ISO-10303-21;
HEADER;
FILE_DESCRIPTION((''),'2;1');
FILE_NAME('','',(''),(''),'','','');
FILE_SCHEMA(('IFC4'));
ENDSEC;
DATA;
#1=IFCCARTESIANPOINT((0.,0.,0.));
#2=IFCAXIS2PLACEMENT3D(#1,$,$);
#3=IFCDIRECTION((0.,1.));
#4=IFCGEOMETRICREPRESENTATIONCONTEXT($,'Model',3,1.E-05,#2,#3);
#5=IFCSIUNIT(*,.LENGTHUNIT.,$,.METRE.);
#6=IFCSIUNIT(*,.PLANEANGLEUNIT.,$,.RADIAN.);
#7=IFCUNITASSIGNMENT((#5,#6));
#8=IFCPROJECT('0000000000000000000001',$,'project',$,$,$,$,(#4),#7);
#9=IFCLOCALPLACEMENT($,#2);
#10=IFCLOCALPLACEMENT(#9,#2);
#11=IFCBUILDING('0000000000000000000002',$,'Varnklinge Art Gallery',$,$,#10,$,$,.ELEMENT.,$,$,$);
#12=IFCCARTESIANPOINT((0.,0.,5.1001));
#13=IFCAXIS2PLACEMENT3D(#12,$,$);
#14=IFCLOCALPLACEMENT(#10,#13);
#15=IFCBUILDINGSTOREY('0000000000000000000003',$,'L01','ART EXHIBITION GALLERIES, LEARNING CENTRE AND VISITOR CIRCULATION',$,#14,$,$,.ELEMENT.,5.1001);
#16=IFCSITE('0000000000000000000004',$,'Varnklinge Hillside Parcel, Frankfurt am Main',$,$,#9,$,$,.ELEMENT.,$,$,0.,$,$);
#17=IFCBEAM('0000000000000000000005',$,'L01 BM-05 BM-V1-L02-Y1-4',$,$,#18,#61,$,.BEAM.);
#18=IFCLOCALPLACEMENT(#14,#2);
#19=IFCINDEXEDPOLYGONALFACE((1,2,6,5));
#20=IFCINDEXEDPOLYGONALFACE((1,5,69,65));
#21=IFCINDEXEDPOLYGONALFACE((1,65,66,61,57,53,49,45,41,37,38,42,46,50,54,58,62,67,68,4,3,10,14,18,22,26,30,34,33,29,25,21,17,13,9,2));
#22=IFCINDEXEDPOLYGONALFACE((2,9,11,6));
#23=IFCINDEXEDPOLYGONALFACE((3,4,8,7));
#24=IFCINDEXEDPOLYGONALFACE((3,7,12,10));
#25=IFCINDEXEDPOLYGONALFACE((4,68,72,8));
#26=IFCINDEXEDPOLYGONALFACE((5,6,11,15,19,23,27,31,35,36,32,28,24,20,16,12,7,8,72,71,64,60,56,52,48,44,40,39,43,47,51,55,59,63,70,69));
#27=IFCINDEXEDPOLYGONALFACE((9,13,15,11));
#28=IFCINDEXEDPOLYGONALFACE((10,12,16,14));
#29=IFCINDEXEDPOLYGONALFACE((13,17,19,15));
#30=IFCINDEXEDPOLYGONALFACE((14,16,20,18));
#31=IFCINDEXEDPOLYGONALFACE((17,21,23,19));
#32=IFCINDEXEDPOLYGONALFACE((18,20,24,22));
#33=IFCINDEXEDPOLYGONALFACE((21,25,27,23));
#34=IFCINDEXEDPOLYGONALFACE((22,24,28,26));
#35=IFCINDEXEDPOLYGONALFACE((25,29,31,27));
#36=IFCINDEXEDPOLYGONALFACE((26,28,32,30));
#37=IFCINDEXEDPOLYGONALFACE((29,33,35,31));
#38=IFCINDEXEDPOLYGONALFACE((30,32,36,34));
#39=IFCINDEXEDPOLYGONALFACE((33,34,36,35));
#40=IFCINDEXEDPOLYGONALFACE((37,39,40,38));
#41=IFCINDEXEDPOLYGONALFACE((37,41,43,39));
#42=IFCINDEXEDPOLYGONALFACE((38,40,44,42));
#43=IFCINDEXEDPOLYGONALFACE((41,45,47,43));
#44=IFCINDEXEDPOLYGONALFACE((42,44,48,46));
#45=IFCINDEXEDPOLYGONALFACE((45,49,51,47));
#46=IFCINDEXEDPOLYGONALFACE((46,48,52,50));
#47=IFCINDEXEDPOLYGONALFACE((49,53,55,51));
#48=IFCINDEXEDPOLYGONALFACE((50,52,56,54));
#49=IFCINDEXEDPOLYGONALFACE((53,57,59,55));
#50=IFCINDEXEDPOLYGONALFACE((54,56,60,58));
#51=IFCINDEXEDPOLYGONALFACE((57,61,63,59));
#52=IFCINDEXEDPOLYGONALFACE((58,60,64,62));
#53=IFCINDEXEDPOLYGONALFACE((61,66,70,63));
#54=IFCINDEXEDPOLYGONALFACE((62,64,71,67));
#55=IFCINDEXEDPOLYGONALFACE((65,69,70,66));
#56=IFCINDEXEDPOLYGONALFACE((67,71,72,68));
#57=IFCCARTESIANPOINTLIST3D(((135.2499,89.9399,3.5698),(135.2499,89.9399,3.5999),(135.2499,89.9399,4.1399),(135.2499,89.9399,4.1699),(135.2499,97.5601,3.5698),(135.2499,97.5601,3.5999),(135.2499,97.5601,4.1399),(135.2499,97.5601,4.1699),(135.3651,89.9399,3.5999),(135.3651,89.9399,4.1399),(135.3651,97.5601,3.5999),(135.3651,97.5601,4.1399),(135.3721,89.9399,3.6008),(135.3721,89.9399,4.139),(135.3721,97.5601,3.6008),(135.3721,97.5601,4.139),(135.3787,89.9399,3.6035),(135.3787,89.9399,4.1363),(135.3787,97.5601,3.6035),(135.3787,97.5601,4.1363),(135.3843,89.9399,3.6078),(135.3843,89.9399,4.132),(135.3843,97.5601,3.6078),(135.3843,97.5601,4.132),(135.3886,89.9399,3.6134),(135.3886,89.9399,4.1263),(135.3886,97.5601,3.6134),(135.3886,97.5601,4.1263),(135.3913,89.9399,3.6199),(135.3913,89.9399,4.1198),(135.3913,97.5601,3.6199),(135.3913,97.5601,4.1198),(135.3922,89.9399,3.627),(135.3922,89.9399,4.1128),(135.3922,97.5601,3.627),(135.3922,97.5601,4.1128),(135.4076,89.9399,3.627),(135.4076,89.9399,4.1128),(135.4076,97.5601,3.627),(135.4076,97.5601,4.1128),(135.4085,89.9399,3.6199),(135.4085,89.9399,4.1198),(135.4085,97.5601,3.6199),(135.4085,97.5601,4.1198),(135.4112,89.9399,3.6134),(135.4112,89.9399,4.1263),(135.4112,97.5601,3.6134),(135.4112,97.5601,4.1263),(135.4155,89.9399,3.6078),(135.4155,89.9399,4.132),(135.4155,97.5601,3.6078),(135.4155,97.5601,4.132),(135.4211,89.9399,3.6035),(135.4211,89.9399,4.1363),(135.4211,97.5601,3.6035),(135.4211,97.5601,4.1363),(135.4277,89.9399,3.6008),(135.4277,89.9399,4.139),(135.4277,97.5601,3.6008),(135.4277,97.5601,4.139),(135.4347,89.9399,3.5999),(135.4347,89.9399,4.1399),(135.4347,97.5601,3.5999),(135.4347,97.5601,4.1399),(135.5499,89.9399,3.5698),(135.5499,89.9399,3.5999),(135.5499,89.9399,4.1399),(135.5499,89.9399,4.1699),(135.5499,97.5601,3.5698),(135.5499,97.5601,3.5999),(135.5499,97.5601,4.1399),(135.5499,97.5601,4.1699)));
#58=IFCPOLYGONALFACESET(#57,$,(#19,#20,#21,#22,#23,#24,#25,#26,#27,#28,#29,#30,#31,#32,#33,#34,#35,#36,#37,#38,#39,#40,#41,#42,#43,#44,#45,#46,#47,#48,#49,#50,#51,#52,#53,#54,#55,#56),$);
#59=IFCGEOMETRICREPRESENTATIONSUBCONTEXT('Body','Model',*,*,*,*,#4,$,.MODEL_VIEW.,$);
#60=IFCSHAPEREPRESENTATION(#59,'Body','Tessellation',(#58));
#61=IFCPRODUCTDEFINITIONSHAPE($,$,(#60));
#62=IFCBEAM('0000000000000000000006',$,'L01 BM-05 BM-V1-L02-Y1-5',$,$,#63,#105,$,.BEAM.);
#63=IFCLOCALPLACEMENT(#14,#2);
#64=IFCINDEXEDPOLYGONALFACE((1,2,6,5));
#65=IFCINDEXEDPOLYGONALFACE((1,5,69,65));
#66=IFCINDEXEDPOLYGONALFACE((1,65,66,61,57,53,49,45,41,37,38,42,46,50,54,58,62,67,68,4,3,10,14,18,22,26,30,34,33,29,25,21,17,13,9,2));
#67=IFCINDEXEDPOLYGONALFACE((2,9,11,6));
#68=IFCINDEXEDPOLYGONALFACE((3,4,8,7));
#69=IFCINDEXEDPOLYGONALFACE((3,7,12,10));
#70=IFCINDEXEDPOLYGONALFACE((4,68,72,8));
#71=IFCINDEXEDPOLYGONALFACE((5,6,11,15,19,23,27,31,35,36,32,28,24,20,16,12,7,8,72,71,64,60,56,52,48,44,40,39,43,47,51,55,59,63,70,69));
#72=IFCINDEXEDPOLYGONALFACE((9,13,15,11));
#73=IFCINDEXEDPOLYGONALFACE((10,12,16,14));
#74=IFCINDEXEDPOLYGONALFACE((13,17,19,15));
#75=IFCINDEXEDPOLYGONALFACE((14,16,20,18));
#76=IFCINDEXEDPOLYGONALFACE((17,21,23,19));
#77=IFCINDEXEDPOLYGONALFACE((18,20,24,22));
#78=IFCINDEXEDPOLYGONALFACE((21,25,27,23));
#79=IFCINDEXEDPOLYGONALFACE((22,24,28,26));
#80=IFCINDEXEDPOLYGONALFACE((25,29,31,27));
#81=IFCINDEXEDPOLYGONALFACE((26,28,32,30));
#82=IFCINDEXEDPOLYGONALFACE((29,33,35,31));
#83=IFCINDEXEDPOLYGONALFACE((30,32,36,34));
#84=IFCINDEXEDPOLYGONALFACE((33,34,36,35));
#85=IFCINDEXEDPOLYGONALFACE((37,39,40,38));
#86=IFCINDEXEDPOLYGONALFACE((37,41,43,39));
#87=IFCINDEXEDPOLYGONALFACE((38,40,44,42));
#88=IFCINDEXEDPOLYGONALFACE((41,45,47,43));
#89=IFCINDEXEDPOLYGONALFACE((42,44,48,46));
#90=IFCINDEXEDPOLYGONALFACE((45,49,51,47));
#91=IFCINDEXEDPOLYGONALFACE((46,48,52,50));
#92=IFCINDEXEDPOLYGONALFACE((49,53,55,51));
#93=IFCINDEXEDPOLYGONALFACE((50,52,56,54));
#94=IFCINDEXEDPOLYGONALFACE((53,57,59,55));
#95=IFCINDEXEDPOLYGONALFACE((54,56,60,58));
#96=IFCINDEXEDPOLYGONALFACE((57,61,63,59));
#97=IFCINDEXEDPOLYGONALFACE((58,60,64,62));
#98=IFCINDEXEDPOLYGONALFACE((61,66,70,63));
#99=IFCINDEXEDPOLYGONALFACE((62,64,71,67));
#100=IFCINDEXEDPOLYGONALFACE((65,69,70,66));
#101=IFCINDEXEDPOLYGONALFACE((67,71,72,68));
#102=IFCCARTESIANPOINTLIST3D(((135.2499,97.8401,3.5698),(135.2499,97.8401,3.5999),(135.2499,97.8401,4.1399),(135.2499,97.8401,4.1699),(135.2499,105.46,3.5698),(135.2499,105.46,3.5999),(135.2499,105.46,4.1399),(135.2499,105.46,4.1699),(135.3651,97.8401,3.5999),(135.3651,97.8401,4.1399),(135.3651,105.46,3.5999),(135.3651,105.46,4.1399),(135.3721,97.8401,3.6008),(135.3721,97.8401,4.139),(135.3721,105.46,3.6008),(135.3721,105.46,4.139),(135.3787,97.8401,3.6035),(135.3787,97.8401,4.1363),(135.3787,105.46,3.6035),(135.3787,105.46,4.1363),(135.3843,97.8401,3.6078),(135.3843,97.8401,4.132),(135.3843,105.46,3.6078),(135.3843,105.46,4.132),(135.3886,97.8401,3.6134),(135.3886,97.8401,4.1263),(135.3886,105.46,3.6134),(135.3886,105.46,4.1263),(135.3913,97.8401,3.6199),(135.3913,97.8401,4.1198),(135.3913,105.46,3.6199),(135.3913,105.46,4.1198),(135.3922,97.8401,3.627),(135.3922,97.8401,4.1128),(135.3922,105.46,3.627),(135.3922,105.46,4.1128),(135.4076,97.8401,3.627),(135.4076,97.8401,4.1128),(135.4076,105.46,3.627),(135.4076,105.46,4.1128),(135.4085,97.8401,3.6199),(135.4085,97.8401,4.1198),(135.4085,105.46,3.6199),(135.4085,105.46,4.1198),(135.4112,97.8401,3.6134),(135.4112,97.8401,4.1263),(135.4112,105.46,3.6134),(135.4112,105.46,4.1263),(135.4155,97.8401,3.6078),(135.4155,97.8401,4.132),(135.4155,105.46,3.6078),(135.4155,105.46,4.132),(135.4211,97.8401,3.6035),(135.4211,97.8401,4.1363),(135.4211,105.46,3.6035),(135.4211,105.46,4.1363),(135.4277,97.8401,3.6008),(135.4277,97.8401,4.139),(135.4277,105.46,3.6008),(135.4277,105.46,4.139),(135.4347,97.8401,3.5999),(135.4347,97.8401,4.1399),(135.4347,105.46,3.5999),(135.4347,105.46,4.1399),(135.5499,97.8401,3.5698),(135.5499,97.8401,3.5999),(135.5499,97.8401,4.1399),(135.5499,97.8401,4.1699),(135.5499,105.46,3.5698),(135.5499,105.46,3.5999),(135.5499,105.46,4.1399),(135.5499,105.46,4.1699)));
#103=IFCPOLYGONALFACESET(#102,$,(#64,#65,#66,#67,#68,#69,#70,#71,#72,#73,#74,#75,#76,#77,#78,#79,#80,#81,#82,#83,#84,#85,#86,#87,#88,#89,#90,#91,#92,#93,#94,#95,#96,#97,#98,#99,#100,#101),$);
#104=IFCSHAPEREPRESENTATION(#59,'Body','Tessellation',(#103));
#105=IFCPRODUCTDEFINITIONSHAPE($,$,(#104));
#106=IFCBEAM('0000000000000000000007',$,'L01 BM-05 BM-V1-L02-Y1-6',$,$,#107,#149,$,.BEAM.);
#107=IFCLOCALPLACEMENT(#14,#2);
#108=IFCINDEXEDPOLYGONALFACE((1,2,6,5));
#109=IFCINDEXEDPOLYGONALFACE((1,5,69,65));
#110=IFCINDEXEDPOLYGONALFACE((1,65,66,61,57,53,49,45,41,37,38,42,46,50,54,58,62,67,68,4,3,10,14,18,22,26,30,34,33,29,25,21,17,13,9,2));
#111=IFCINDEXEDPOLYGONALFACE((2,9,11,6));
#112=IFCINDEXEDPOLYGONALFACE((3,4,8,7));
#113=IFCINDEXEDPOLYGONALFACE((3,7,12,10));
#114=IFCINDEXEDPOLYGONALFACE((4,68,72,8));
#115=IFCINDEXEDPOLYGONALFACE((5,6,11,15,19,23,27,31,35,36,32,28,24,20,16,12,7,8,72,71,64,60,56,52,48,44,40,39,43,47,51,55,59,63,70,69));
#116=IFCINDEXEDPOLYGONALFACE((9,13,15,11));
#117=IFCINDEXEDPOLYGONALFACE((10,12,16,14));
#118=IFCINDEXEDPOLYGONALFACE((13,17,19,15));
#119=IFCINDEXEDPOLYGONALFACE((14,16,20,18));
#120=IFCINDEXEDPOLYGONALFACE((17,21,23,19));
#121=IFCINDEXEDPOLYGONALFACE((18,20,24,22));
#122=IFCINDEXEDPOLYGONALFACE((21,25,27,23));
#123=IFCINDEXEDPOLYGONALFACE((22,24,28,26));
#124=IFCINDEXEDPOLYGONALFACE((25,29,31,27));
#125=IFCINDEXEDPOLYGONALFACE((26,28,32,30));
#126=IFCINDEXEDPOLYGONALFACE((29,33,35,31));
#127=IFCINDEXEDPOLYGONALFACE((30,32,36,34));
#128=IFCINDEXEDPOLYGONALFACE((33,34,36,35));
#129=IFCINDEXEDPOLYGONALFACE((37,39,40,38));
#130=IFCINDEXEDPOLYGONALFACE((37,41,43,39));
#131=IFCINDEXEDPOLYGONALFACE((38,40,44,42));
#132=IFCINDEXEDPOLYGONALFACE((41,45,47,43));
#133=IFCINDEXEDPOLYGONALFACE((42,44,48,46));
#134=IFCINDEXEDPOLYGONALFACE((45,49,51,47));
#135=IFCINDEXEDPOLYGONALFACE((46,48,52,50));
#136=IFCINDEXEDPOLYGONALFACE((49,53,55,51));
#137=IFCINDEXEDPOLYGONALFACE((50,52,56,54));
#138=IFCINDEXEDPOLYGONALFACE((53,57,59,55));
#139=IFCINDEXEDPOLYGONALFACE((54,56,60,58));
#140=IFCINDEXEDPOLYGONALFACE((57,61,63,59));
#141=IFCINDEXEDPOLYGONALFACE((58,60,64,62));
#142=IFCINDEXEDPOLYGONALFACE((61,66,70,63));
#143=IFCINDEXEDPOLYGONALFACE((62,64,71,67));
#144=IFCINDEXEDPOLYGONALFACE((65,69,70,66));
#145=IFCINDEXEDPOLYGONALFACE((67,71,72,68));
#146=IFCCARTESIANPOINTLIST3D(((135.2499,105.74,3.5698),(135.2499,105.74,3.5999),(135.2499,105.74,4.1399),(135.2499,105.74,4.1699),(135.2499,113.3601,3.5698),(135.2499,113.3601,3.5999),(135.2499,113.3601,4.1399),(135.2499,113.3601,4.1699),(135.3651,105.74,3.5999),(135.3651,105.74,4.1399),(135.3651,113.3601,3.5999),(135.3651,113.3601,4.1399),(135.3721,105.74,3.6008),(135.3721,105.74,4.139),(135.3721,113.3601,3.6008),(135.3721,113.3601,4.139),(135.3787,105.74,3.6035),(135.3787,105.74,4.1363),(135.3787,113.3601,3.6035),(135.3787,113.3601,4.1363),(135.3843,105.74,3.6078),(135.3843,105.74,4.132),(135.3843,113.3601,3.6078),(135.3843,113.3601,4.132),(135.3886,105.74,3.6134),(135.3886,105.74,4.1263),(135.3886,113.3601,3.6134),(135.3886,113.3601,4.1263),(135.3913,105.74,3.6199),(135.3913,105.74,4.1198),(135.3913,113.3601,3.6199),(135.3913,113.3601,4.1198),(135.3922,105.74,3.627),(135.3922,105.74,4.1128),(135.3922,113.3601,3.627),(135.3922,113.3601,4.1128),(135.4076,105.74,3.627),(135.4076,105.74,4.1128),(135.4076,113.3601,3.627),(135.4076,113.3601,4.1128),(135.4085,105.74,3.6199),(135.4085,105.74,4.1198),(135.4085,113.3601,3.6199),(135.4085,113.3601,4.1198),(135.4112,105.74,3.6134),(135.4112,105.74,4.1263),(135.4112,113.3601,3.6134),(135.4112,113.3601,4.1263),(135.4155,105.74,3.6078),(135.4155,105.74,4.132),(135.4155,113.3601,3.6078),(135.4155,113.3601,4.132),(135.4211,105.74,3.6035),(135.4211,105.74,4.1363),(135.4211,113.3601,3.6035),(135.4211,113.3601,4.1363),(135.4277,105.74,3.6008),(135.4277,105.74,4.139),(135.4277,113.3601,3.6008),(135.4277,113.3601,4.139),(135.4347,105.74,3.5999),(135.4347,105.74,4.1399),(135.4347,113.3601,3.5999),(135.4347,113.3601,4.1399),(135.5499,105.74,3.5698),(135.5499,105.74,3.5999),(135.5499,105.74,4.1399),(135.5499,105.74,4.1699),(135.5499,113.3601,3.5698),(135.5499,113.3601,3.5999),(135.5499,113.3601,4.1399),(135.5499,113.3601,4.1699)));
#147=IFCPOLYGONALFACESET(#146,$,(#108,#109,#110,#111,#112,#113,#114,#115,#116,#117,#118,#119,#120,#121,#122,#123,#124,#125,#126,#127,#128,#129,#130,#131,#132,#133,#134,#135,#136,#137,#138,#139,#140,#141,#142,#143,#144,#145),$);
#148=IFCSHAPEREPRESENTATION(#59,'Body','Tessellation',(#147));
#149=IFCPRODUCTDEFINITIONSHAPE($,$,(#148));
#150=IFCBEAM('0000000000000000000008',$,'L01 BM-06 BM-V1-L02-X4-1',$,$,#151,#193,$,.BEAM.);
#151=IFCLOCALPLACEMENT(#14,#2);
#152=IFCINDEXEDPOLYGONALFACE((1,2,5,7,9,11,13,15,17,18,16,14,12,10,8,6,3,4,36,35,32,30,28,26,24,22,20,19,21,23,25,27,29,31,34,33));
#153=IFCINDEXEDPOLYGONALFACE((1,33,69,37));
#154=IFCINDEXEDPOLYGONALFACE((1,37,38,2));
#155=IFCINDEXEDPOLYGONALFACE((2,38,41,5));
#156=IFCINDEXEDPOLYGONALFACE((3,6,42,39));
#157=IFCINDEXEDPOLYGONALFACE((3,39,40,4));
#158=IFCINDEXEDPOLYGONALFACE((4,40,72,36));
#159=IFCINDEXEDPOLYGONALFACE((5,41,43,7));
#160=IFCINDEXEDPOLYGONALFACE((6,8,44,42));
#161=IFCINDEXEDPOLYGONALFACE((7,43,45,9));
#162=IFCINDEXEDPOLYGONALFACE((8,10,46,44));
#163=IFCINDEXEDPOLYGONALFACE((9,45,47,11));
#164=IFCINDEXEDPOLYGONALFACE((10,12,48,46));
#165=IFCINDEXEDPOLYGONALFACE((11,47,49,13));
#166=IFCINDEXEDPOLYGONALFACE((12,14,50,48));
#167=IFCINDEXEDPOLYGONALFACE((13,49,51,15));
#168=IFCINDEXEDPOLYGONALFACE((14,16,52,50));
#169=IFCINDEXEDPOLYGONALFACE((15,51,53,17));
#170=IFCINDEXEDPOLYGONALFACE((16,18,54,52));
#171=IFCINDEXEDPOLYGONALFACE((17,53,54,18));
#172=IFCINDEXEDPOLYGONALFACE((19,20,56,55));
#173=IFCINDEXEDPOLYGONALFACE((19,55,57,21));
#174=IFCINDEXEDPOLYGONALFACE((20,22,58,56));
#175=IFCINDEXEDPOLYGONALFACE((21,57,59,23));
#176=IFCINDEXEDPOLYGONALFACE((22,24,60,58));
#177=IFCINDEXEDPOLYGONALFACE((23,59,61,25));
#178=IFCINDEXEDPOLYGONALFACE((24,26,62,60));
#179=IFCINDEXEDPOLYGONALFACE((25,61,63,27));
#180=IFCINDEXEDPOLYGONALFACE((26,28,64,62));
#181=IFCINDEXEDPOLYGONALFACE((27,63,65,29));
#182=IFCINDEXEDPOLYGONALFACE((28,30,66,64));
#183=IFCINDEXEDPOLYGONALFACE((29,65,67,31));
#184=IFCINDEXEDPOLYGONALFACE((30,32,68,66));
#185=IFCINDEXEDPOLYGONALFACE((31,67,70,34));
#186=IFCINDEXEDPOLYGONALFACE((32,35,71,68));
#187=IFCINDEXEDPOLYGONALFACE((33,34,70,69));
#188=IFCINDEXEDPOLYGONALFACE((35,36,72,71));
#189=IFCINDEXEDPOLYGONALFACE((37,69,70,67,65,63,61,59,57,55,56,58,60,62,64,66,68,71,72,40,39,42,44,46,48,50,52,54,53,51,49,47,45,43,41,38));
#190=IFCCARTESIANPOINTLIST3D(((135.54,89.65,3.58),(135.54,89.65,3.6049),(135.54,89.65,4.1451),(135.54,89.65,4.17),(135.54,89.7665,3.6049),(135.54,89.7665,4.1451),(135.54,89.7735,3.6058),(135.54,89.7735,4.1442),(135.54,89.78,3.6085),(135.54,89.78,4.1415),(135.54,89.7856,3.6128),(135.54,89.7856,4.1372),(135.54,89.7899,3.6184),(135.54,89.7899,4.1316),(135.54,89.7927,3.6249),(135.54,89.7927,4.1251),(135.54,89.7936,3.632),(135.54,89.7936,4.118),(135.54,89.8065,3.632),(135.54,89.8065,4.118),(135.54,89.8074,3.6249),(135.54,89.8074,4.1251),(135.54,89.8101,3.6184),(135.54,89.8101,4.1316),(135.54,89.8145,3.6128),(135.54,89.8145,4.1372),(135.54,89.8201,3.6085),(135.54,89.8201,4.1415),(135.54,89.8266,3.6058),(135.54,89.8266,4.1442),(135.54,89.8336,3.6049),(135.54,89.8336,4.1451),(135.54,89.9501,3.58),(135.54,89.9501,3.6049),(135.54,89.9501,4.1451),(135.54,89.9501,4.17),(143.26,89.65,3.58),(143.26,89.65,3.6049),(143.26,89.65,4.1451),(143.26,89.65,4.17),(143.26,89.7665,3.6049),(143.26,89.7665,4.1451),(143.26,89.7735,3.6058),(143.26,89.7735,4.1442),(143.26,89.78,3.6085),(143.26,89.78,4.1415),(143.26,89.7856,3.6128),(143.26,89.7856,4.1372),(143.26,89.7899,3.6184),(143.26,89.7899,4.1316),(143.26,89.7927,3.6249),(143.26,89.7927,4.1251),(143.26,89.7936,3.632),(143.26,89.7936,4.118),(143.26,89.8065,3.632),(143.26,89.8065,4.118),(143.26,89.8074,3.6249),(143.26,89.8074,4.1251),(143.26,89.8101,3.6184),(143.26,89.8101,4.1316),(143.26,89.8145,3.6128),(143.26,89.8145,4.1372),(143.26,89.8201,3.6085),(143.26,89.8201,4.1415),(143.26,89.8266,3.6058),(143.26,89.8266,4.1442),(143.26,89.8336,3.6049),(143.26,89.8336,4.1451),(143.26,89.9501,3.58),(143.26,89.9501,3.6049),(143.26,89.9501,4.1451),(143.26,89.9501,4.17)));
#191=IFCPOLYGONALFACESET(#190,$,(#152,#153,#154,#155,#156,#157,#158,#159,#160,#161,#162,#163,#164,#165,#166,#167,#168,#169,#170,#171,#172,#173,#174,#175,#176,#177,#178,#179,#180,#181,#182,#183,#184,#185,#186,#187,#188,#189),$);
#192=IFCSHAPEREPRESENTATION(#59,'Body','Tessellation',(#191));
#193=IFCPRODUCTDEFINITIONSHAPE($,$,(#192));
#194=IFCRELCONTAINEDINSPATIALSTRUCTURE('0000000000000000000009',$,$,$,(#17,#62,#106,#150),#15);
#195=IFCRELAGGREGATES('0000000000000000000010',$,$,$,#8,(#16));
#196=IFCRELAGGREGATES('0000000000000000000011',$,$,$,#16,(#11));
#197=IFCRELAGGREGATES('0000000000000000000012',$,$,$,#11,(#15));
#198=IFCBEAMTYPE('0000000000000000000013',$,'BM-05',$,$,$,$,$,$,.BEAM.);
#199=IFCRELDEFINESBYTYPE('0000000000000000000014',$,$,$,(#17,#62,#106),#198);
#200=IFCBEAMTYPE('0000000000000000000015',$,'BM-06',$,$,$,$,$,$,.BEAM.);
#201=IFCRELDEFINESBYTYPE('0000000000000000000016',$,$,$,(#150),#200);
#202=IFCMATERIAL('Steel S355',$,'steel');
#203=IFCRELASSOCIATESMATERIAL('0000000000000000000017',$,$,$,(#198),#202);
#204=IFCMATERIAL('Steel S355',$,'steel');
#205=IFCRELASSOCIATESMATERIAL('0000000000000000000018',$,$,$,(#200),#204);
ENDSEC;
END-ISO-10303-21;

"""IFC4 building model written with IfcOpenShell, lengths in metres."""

from ifc_helpers import new_model, si_unit, direction, frame, origin, origin_2d, place, context, subcontext, project, spatial, i_section, extrude, material, material_profile, profile_set, type_object, element, save


model = new_model("IFC4")

# Units and contexts
model_context = context("Model", 3, precision=1e-05, world=origin(), true_north=direction((0.0, 1.0)))
body_context = subcontext(model_context, "Body", "Model", "MODEL_VIEW")
ifc_project = project(units=[si_unit("LENGTHUNIT", "METRE"), si_unit("PLANEANGLEUNIT", "RADIAN")], contexts=[model_context])

# Site, building, storey
site_placement = place(None, origin())
site = spatial("IfcSite", under=ifc_project, at=site_placement, Name="Varnklinge Hillside Parcel, Frankfurt am Main", CompositionType="ELEMENT", RefElevation=0.0)
building_placement = place(site_placement, origin())
building = spatial("IfcBuilding", under=site, at=building_placement, Name="Varnklinge Art Gallery", CompositionType="ELEMENT")
storey_placement = place(building_placement, frame((0.0, 0.0, 5.1001)))
storey = spatial("IfcBuildingStorey", under=building, at=storey_placement, Name="L01", Description="ART EXHIBITION GALLERIES, LEARNING CENTRE AND VISITOR CIRCULATION", CompositionType="ELEMENT", Elevation=5.1001)

# Beams
ifc_material_1 = material(Name="Steel S355", Category="steel")
ifc_material_profile_1 = material_profile(ifc_material_1, i_section(OverallWidth=0.3, OverallDepth=0.6001, WebThickness=0.0154, FlangeThickness=0.03, FilletRadius=0.0271, at=origin_2d()), Name="HEB 600")
ifc_profile_set_1 = profile_set([ifc_material_profile_1], Name="Steel S355")
beam_type_1 = type_object("IfcBeamType", Name="BM-05", PredefinedType="BEAM", material=ifc_profile_set_1)
beam_1_placement = place(storey_placement, frame((135.3999, 89.9399, 3.8699), z_axis=(0.0, 1.0, 0.0), x_axis=(-1.0, 0.0, 0.0)))
element("IfcBeam", 1, at=beam_1_placement, inside=storey, type_object=beam_type_1, Name="L01 BM-05 BM-V1-L02-Y1-4", PredefinedType="BEAM", context=body_context, shape_type="SweptSolid", body=[
    extrude(i_section(OverallWidth=0.3, OverallDepth=0.6001, WebThickness=0.0154, FlangeThickness=0.03, FilletRadius=0.0271, at=origin_2d()), origin(), (0.0, 0.0, 1.0), 7.6201),
])
beam_2_placement = place(storey_placement, frame((135.3999, 97.8401, 3.8699), z_axis=(0.0, 1.0, 0.0), x_axis=(-1.0, 0.0, 0.0)))
element("IfcBeam", 2, at=beam_2_placement, inside=storey, type_object=beam_type_1, Name="L01 BM-05 BM-V1-L02-Y1-5", PredefinedType="BEAM", context=body_context, shape_type="SweptSolid", body=[
    extrude(i_section(OverallWidth=0.3, OverallDepth=0.6001, WebThickness=0.0154, FlangeThickness=0.03, FilletRadius=0.0271, at=origin_2d()), origin(), (0.0, 0.0, 1.0), 7.6199),
])
beam_3_placement = place(storey_placement, frame((135.3999, 105.74, 3.8699), z_axis=(0.0, 1.0, 0.0), x_axis=(-1.0, 0.0, 0.0)))
element("IfcBeam", 3, at=beam_3_placement, inside=storey, type_object=beam_type_1, Name="L01 BM-05 BM-V1-L02-Y1-6", PredefinedType="BEAM", context=body_context, shape_type="SweptSolid", body=[
    extrude(i_section(OverallWidth=0.3, OverallDepth=0.6001, WebThickness=0.0154, FlangeThickness=0.03, FilletRadius=0.0271, at=origin_2d()), origin(), (0.0, 0.0, 1.0), 7.6201),
])
ifc_material_2 = material(Name="Steel S355", Category="steel")
ifc_material_profile_2 = material_profile(ifc_material_2, i_section(OverallWidth=0.3, OverallDepth=0.5901, WebThickness=0.0129, FlangeThickness=0.0249, FilletRadius=0.0271, at=origin_2d()), Name="HEA 600")
ifc_profile_set_2 = profile_set([ifc_material_profile_2], Name="Steel S355")
beam_type_2 = type_object("IfcBeamType", Name="BM-06", PredefinedType="BEAM", material=ifc_profile_set_2)
for number, where, z_axis, x_axis, name in (
    (4, (135.54, 89.8, 3.875), (1.0, 0.0, 0.0), (0.0, 1.0, 0.0), "L01 BM-06 BM-V1-L02-X4-1"),
):
    element("IfcBeam", number, at=place(storey_placement, frame(where, z_axis=z_axis, x_axis=x_axis)), inside=storey, type_object=beam_type_2, Name=name, PredefinedType="BEAM", context=body_context, shape_type="SweptSolid", body=[
        extrude(i_section(OverallWidth=0.3, OverallDepth=0.5901, WebThickness=0.0129, FlangeThickness=0.0249, FilletRadius=0.0271, at=origin_2d()), origin(), (0.0, 0.0, 1.0), 7.72),
    ])

save(model, "model.ifc")
